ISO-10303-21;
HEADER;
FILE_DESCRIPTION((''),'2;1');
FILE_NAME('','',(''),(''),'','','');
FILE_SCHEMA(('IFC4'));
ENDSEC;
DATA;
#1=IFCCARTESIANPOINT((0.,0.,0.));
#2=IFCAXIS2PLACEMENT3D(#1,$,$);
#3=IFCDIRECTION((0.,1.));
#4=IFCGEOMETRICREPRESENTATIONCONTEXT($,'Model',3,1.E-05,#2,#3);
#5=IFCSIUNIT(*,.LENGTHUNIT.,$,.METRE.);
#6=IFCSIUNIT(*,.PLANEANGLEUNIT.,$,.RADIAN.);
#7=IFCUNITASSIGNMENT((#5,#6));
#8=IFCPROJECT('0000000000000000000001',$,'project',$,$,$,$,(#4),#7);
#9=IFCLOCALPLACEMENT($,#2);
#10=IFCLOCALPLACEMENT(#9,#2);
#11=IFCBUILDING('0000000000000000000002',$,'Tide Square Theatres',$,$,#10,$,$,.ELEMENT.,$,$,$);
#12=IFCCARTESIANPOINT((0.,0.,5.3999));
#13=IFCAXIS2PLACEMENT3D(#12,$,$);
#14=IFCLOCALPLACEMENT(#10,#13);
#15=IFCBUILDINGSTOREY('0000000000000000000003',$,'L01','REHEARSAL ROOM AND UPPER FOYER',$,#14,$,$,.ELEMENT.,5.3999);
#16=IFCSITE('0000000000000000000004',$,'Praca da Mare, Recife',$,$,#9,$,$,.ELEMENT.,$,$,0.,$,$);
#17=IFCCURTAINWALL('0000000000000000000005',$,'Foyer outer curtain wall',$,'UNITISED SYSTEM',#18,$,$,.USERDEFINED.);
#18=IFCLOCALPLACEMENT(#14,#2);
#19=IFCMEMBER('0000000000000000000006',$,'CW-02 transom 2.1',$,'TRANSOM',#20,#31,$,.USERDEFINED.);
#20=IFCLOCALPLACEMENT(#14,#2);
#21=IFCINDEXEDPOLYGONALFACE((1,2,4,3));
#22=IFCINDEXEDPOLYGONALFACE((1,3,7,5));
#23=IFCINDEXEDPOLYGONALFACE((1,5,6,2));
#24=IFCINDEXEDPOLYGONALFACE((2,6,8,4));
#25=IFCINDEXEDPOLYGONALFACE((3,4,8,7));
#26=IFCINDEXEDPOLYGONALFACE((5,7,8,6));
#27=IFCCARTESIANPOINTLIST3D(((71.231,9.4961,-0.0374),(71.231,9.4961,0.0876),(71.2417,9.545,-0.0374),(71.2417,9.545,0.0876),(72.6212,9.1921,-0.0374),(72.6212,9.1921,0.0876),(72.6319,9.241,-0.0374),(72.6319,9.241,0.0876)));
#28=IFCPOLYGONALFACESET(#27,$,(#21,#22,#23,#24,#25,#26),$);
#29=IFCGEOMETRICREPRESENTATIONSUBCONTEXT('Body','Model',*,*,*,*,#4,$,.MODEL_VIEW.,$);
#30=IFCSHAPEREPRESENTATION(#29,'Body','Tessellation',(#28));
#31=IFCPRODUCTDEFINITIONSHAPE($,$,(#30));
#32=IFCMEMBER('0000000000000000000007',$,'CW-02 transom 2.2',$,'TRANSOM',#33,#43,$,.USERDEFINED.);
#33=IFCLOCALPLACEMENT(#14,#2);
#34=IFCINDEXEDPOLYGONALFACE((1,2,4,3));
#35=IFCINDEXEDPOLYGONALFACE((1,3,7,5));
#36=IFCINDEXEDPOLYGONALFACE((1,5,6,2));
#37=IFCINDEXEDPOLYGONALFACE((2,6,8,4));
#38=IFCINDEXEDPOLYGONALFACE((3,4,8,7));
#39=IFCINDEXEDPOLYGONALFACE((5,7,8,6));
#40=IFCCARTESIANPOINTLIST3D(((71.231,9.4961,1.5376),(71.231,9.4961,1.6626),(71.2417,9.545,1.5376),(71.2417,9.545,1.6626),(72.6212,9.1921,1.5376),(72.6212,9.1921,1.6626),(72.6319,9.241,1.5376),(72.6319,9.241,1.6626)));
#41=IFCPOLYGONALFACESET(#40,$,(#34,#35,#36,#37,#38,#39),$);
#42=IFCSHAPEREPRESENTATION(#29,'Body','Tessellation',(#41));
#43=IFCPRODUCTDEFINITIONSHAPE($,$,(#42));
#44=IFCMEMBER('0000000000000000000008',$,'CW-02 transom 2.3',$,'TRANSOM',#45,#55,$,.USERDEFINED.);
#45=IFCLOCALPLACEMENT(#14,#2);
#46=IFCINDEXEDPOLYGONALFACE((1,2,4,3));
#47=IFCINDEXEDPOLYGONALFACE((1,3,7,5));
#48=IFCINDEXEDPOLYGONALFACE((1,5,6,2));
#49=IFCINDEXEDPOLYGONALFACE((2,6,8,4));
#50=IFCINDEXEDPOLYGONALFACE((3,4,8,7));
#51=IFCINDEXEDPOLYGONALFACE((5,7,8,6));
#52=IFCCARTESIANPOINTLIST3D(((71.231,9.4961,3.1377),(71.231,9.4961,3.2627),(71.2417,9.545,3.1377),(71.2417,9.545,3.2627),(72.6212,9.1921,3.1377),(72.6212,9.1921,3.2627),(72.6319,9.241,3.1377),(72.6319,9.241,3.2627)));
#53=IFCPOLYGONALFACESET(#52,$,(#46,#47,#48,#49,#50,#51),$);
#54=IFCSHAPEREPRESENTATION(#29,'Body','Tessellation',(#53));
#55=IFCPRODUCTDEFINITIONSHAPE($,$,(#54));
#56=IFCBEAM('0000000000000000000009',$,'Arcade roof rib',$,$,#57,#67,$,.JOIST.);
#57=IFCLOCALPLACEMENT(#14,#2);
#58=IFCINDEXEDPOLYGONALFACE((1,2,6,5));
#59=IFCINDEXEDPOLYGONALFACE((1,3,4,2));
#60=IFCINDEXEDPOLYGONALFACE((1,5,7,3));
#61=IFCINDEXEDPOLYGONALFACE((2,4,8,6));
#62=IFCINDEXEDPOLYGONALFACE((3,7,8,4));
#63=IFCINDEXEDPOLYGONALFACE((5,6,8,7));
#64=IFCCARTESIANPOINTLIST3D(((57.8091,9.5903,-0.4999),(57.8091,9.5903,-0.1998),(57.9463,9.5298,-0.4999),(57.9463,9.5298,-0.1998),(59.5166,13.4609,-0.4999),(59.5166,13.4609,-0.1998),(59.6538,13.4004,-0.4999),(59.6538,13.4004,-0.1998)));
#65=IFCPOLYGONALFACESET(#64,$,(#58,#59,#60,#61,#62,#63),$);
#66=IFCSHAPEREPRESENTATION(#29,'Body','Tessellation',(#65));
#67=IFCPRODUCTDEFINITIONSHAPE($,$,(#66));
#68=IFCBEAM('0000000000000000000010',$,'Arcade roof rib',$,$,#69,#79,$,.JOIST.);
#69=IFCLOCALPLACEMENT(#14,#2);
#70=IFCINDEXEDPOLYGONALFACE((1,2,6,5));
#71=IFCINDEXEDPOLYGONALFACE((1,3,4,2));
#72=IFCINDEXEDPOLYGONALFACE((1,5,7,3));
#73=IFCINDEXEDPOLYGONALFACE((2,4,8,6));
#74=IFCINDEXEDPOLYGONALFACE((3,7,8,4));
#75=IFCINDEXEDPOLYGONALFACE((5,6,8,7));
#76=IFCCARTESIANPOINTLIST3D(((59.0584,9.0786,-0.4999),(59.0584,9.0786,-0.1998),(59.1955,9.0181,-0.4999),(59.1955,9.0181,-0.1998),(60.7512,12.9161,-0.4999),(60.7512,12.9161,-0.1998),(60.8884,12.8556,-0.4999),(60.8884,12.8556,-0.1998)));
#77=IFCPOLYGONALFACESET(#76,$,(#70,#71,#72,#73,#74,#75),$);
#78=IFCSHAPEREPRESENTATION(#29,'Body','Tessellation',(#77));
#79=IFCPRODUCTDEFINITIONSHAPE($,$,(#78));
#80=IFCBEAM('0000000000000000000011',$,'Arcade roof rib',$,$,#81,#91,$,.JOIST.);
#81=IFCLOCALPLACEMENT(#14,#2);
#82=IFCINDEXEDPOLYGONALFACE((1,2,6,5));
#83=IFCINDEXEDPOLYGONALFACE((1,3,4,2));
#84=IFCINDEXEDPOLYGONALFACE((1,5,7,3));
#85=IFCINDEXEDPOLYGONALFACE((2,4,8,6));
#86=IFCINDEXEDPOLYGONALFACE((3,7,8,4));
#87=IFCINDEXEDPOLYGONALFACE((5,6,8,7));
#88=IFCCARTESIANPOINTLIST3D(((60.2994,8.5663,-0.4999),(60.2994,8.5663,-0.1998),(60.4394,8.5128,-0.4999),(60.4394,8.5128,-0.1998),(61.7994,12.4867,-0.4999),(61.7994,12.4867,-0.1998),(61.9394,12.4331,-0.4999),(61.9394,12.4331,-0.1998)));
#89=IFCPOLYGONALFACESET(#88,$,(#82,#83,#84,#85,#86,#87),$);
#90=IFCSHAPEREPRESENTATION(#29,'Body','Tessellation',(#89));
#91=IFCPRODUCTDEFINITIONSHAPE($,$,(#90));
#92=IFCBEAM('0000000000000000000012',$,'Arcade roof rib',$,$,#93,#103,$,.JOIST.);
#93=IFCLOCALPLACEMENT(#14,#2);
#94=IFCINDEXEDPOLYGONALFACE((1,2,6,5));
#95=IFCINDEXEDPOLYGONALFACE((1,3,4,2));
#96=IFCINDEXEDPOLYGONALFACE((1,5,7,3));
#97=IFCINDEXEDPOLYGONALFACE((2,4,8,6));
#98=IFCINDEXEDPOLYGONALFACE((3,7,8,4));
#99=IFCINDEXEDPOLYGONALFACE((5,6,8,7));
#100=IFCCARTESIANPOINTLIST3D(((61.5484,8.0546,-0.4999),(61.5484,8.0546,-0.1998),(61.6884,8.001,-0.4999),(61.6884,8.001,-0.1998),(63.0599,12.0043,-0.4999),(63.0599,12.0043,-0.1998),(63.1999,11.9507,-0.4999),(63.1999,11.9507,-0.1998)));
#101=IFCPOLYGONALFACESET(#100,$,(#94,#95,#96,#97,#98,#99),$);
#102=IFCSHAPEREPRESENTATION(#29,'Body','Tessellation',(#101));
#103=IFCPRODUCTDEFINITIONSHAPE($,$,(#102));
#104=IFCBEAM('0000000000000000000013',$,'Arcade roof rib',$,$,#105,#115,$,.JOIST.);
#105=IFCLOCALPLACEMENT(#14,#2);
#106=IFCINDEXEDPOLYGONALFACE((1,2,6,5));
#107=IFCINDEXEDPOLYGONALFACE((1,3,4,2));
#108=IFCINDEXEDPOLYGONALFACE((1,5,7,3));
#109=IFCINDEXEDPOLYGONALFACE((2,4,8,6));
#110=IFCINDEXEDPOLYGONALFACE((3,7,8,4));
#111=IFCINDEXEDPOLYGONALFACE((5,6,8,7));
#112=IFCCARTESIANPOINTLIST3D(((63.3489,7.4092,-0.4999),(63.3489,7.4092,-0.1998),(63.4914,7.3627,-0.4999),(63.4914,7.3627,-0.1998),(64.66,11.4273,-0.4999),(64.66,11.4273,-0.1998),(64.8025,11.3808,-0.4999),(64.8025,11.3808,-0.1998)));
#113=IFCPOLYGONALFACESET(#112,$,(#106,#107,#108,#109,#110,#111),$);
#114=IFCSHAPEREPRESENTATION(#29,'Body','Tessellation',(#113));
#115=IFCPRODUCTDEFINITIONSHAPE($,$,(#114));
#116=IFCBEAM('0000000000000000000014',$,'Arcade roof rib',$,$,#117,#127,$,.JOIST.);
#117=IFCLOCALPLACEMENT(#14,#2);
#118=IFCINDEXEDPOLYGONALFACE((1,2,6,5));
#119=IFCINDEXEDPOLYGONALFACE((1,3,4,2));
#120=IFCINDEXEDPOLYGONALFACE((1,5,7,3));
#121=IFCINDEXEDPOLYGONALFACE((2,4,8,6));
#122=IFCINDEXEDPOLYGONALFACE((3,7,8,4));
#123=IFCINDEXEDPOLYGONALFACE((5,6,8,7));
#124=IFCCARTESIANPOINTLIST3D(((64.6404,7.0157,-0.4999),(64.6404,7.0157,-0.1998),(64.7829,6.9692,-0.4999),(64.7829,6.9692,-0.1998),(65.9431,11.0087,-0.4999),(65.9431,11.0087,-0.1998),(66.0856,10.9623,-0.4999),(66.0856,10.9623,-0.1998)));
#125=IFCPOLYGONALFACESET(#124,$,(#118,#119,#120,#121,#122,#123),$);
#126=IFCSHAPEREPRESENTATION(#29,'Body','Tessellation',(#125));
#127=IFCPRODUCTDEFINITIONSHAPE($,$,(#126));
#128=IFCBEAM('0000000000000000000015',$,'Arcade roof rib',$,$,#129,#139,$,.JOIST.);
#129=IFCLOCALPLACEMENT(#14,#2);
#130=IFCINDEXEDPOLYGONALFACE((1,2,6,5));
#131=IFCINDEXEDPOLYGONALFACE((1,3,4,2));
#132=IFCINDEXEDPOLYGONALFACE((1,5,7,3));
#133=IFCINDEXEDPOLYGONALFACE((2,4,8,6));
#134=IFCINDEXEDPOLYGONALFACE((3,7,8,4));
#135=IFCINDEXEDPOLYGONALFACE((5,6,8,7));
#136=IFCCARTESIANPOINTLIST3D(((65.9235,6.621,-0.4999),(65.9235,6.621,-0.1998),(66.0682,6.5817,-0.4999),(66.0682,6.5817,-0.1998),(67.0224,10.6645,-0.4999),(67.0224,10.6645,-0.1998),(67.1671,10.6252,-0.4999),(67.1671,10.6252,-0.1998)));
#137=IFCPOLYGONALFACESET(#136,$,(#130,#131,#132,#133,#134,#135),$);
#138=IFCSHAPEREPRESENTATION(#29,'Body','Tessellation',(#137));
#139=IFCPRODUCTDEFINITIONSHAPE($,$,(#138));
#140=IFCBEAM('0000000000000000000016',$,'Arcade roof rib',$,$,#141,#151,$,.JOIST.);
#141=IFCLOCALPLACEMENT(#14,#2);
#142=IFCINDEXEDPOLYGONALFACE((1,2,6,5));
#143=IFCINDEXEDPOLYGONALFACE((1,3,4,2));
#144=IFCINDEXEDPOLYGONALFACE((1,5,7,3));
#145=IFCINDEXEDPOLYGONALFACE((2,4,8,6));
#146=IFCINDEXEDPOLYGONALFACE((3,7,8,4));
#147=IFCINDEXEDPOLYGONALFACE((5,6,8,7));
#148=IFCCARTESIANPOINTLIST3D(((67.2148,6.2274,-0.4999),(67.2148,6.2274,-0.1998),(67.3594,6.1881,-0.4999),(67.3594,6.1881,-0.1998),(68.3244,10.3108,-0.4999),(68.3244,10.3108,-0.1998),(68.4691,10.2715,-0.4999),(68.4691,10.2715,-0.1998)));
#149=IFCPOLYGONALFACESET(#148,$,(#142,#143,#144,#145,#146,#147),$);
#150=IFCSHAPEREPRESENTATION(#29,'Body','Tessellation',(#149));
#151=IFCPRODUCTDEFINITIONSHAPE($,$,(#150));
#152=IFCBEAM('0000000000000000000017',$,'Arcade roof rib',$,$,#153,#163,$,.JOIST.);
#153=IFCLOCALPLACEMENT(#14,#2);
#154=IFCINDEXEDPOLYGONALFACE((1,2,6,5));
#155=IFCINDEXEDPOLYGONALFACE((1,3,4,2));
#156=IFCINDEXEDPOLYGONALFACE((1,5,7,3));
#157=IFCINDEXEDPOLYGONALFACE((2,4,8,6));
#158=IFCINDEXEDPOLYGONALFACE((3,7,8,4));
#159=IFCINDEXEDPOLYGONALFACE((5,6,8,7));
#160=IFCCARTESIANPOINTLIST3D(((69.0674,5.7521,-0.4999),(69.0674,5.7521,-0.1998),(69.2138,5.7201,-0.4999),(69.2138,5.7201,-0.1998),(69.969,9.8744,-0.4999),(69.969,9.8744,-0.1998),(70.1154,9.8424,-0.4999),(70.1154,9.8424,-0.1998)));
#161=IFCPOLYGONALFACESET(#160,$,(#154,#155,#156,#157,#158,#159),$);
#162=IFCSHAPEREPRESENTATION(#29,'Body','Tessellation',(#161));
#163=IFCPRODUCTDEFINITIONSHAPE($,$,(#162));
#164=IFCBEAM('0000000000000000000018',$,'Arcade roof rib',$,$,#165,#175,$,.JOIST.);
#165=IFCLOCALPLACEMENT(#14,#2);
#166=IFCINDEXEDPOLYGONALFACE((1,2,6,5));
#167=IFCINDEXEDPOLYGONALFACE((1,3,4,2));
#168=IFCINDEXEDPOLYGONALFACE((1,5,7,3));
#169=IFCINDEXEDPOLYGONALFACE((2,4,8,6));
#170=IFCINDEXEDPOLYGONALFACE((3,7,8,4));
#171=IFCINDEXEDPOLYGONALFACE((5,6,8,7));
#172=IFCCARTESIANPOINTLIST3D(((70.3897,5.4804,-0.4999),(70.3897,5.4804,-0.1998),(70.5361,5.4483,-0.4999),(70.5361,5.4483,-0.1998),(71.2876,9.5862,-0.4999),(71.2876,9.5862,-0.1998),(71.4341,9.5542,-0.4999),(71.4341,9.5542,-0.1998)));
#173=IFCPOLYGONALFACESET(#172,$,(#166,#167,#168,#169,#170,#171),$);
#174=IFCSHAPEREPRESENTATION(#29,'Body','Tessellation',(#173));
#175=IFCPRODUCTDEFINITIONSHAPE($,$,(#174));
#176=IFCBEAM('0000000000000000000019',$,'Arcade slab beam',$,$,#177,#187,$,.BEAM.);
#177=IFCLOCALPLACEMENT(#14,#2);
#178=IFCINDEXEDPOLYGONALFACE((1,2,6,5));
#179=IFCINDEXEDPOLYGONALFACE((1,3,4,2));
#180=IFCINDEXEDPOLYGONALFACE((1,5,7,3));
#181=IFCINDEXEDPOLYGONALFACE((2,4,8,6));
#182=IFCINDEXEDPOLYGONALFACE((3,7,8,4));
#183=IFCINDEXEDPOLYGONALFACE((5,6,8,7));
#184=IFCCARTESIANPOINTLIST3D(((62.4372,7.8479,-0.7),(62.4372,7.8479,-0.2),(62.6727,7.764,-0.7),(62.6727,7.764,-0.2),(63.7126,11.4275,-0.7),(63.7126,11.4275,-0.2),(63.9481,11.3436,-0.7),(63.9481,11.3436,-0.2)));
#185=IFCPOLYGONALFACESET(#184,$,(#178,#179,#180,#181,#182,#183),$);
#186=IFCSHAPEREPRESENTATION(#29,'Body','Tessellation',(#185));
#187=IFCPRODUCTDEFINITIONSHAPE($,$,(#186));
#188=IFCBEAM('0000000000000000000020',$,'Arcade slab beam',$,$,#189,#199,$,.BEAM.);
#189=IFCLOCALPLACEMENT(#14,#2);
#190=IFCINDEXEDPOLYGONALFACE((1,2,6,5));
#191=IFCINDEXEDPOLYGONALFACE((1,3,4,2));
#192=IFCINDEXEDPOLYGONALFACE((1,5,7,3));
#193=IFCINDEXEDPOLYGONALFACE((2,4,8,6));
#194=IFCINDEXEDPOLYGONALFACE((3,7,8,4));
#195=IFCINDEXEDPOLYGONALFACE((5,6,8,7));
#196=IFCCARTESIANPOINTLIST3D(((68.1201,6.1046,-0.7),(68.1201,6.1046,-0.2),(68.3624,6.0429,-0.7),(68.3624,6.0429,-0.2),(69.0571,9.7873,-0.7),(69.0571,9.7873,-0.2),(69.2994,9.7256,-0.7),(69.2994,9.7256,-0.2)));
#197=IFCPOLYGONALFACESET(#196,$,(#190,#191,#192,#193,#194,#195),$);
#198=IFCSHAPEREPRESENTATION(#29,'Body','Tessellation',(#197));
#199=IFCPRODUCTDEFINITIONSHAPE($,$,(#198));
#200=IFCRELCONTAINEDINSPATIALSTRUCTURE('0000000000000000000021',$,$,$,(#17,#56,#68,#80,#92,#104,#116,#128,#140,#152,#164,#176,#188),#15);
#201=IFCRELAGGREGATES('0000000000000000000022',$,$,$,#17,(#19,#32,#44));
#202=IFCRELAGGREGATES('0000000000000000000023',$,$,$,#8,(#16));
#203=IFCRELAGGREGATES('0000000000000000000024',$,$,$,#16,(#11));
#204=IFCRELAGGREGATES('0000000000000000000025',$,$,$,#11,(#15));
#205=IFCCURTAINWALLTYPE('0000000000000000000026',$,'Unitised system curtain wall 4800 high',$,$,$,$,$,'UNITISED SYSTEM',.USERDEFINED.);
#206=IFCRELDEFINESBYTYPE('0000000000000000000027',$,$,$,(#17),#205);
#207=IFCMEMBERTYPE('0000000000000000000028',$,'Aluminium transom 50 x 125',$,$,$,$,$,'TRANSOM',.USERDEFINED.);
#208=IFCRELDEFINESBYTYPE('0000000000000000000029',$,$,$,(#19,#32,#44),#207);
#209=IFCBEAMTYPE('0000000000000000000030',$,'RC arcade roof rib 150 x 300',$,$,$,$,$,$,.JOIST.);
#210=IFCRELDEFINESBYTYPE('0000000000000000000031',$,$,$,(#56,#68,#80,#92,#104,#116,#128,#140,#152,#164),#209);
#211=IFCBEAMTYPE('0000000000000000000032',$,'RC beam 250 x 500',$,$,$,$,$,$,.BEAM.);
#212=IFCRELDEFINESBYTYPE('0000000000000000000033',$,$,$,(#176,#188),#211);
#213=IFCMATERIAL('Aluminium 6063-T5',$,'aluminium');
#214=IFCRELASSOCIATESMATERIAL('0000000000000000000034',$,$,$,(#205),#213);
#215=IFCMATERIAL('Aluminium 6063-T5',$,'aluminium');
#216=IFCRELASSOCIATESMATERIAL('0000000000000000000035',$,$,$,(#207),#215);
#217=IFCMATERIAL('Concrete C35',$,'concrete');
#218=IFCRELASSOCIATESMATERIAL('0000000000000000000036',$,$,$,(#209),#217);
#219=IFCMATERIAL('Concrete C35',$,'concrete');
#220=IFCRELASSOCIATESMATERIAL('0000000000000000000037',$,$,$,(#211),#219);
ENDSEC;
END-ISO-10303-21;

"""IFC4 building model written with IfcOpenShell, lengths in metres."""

from ifc_helpers import new_model, si_unit, direction, frame, origin, origin_2d, place, context, subcontext, project, spatial, rectangle, extrude, material, material_profile, profile_set, type_object, element, aggregate, save


model = new_model("IFC4")

# Units and contexts
model_context = context("Model", 3, precision=1e-05, world=origin(), true_north=direction((0.0, 1.0)))
body_context = subcontext(model_context, "Body", "Model", "MODEL_VIEW")
ifc_project = project(units=[si_unit("LENGTHUNIT", "METRE"), si_unit("PLANEANGLEUNIT", "RADIAN")], contexts=[model_context])

# Site, building, storey
site_placement = place(None, origin())
site = spatial("IfcSite", under=ifc_project, at=site_placement, Name="Praca da Mare, Recife", CompositionType="ELEMENT", RefElevation=0.0)
building_placement = place(site_placement, origin())
building = spatial("IfcBuilding", under=site, at=building_placement, Name="Tide Square Theatres", CompositionType="ELEMENT")
storey_placement = place(building_placement, frame((0.0, 0.0, 5.3999)))
storey = spatial("IfcBuildingStorey", under=building, at=storey_placement, Name="L01", Description="REHEARSAL ROOM AND UPPER FOYER", CompositionType="ELEMENT", Elevation=5.3999)

# Curtain wall
ifc_material_1 = material(Name="Aluminium 6063-T5", Category="aluminium")
curtain_wall_type_1 = type_object("IfcCurtainWallType", Name="Unitised system curtain wall 4800 high", ElementType="UNITISED SYSTEM", PredefinedType="USERDEFINED", material=ifc_material_1)
curtain_wall_1_placement = place(storey_placement, origin())
curtain_wall_1 = element("IfcCurtainWall", 1, at=curtain_wall_1_placement, inside=storey, type_object=curtain_wall_type_1, Name="Foyer outer curtain wall", ObjectType="UNITISED SYSTEM", PredefinedType="USERDEFINED")

# Members
ifc_material_2 = material(Name="Aluminium 6063-T5", Category="aluminium")
ifc_material_profile_1 = material_profile(ifc_material_2, rectangle(XDim=0.05, YDim=0.125, at=origin_2d()))
ifc_profile_set_1 = profile_set([ifc_material_profile_1], Name="Aluminium 6063-T5")
member_type_1 = type_object("IfcMemberType", Name="Aluminium transom 50 x 125", ElementType="TRANSOM", PredefinedType="USERDEFINED", material=ifc_profile_set_1)
member_1_placement = place(storey_placement, frame((71.2363, 9.5205, 0.0251), z_axis=(0.97692, -0.213605, 0.0), x_axis=(0.213605, 0.97692, 0.0)))
member_1 = element("IfcMember", 2, at=member_1_placement, type_object=member_type_1, Name="CW-02 transom 2.1", ObjectType="TRANSOM", PredefinedType="USERDEFINED", context=body_context, shape_type="SweptSolid", body=[
    extrude(rectangle(XDim=0.05, YDim=0.125, at=origin_2d()), origin(), (0.0, 0.0, 1.0), 1.4231),
])
member_2_placement = place(storey_placement, frame((71.2363, 9.5205, 1.6001), z_axis=(0.97692, -0.213605, 0.0), x_axis=(0.213605, 0.97692, 0.0)))
member_2 = element("IfcMember", 3, at=member_2_placement, type_object=member_type_1, Name="CW-02 transom 2.2", ObjectType="TRANSOM", PredefinedType="USERDEFINED", context=body_context, shape_type="SweptSolid", body=[
    extrude(rectangle(XDim=0.05, YDim=0.125, at=origin_2d()), origin(), (0.0, 0.0, 1.0), 1.4231),
])
member_3_placement = place(storey_placement, frame((71.2363, 9.5205, 3.2002), z_axis=(0.97692, -0.213605, 0.0), x_axis=(0.213605, 0.97692, 0.0)))
member_3 = element("IfcMember", 4, at=member_3_placement, type_object=member_type_1, Name="CW-02 transom 2.3", ObjectType="TRANSOM", PredefinedType="USERDEFINED", context=body_context, shape_type="SweptSolid", body=[
    extrude(rectangle(XDim=0.05, YDim=0.125, at=origin_2d()), origin(), (0.0, 0.0, 1.0), 1.4231),
])

# Beams
ifc_material_3 = material(Name="Concrete C35", Category="concrete")
ifc_material_profile_2 = material_profile(ifc_material_3, rectangle(XDim=0.1499, YDim=0.3, at=origin_2d()))
ifc_profile_set_2 = profile_set([ifc_material_profile_2], Name="Concrete C35")
beam_type_1 = type_object("IfcBeamType", Name="RC arcade roof rib 150 x 300", PredefinedType="JOIST", material=ifc_profile_set_2)
beam_1_placement = place(storey_placement, frame((57.8777, 9.5601, -0.3499), z_axis=(0.40362, 0.914927, 0.0), x_axis=(-0.914927, 0.40362, 0.0)))
element("IfcBeam", 5, at=beam_1_placement, inside=storey, type_object=beam_type_1, Name="Arcade roof rib", PredefinedType="JOIST", context=body_context, shape_type="SweptSolid", body=[
    extrude(rectangle(XDim=0.1499, YDim=0.3, at=origin_2d()), origin(), (0.0, 0.0, 1.0), 4.2305),
])
beam_2_placement = place(storey_placement, frame((59.127, 9.0483, -0.3499), z_axis=(0.403599, 0.914936, 0.0), x_axis=(-0.914936, 0.403599, 0.0)))
element("IfcBeam", 6, at=beam_2_placement, inside=storey, type_object=beam_type_1, Name="Arcade roof rib", PredefinedType="JOIST", context=body_context, shape_type="SweptSolid", body=[
    extrude(rectangle(XDim=0.1499, YDim=0.3, at=origin_2d()), origin(), (0.0, 0.0, 1.0), 4.1943),
])
beam_3_placement = place(storey_placement, frame((60.3694, 8.5396, -0.3499), z_axis=(0.357349, 0.933971, 0.0), x_axis=(-0.933971, 0.357349, 0.0)))
element("IfcBeam", 7, at=beam_3_placement, inside=storey, type_object=beam_type_1, Name="Arcade roof rib", PredefinedType="JOIST", context=body_context, shape_type="SweptSolid", body=[
    extrude(rectangle(XDim=0.1499, YDim=0.3, at=origin_2d()), origin(), (0.0, 0.0, 1.0), 4.1975),
])
beam_4_placement = place(storey_placement, frame((61.6184, 8.0278, -0.3499), z_axis=(0.357404, 0.93395, 0.0), x_axis=(-0.93395, 0.357404, 0.0)))
element("IfcBeam", 8, at=beam_4_placement, inside=storey, type_object=beam_type_1, Name="Arcade roof rib", PredefinedType="JOIST", context=body_context, shape_type="SweptSolid", body=[
    extrude(rectangle(XDim=0.1499, YDim=0.3, at=origin_2d()), origin(), (0.0, 0.0, 1.0), 4.229),
])
beam_5_placement = place(storey_placement, frame((63.4202, 7.386, -0.3499), z_axis=(0.310191, 0.950674, 0.0), x_axis=(-0.950674, 0.310191, 0.0)))
element("IfcBeam", 9, at=beam_5_placement, inside=storey, type_object=beam_type_1, Name="Arcade roof rib", PredefinedType="JOIST", context=body_context, shape_type="SweptSolid", body=[
    extrude(rectangle(XDim=0.1499, YDim=0.3, at=origin_2d()), origin(), (0.0, 0.0, 1.0), 4.2266),
])
beam_6_placement = place(storey_placement, frame((64.7117, 6.9924, -0.3499), z_axis=(0.310153, 0.950687, 0.0), x_axis=(-0.950687, 0.310153, 0.0)))
element("IfcBeam", 10, at=beam_6_placement, inside=storey, type_object=beam_type_1, Name="Arcade roof rib", PredefinedType="JOIST", context=body_context, shape_type="SweptSolid", body=[
    extrude(rectangle(XDim=0.1499, YDim=0.3, at=origin_2d()), origin(), (0.0, 0.0, 1.0), 4.2002),
])
beam_7_placement = place(storey_placement, frame((65.9958, 6.6013, -0.3499), z_axis=(0.262255, 0.964999, 0.0), x_axis=(-0.964999, 0.262255, 0.0)))
element("IfcBeam", 11, at=beam_7_placement, inside=storey, type_object=beam_type_1, Name="Arcade roof rib", PredefinedType="JOIST", context=body_context, shape_type="SweptSolid", body=[
    extrude(rectangle(XDim=0.1499, YDim=0.3, at=origin_2d()), origin(), (0.0, 0.0, 1.0), 4.1902),
])
beam_8_placement = place(storey_placement, frame((67.2871, 6.2078, -0.3499), z_axis=(0.262239, 0.965003, 0.0), x_axis=(-0.965003, 0.262239, 0.0)))
element("IfcBeam", 12, at=beam_8_placement, inside=storey, type_object=beam_type_1, Name="Arcade roof rib", PredefinedType="JOIST", context=body_context, shape_type="SweptSolid", body=[
    extrude(rectangle(XDim=0.1499, YDim=0.3, at=origin_2d()), origin(), (0.0, 0.0, 1.0), 4.2314),
])
beam_9_placement = place(storey_placement, frame((69.1406, 5.7361, -0.3499), z_axis=(0.213664, 0.976907, 0.0), x_axis=(-0.976907, 0.213664, 0.0)))
element("IfcBeam", 13, at=beam_9_placement, inside=storey, type_object=beam_type_1, Name="Arcade roof rib", PredefinedType="JOIST", context=body_context, shape_type="SweptSolid", body=[
    extrude(rectangle(XDim=0.1499, YDim=0.3, at=origin_2d()), origin(), (0.0, 0.0, 1.0), 4.2197),
])
beam_10_placement = place(storey_placement, frame((70.4629, 5.4644, -0.3499), z_axis=(0.213657, 0.976909, 0.0), x_axis=(-0.976909, 0.213657, 0.0)))
element("IfcBeam", 14, at=beam_10_placement, inside=storey, type_object=beam_type_1, Name="Arcade roof rib", PredefinedType="JOIST", context=body_context, shape_type="SweptSolid", body=[
    extrude(rectangle(XDim=0.1499, YDim=0.3, at=origin_2d()), origin(), (0.0, 0.0, 1.0), 4.2029),
])
ifc_material_4 = material(Name="Concrete C35", Category="concrete")
ifc_material_profile_3 = material_profile(ifc_material_4, rectangle(XDim=0.25, YDim=0.5, at=origin_2d()))
ifc_profile_set_3 = profile_set([ifc_material_profile_3], Name="Concrete C35")
beam_type_2 = type_object("IfcBeamType", Name="RC beam 250 x 500", PredefinedType="BEAM", material=ifc_profile_set_3)
for number, where, z_axis, x_axis, name in (
    (15, (62.5549, 7.8059, -0.45), (0.335628, 0.941995, 0.0), (-0.941995, 0.335628, 0.0), "Arcade slab beam"),
    (16, (68.2412, 6.0737, -0.45), (0.246585, 0.969121, 0.0), (-0.969121, 0.246585, 0.0), "Arcade slab beam"),
):
    element("IfcBeam", number, at=place(storey_placement, frame(where, z_axis=z_axis, x_axis=x_axis)), inside=storey, type_object=beam_type_2, Name=name, PredefinedType="BEAM", context=body_context, shape_type="SweptSolid", body=[
        extrude(rectangle(XDim=0.25, YDim=0.5, at=origin_2d()), origin(), (0.0, 0.0, 1.0), 3.8),
    ])

aggregate(curtain_wall_1, [member_1, member_2, member_3])

save(model, "model.ifc")
